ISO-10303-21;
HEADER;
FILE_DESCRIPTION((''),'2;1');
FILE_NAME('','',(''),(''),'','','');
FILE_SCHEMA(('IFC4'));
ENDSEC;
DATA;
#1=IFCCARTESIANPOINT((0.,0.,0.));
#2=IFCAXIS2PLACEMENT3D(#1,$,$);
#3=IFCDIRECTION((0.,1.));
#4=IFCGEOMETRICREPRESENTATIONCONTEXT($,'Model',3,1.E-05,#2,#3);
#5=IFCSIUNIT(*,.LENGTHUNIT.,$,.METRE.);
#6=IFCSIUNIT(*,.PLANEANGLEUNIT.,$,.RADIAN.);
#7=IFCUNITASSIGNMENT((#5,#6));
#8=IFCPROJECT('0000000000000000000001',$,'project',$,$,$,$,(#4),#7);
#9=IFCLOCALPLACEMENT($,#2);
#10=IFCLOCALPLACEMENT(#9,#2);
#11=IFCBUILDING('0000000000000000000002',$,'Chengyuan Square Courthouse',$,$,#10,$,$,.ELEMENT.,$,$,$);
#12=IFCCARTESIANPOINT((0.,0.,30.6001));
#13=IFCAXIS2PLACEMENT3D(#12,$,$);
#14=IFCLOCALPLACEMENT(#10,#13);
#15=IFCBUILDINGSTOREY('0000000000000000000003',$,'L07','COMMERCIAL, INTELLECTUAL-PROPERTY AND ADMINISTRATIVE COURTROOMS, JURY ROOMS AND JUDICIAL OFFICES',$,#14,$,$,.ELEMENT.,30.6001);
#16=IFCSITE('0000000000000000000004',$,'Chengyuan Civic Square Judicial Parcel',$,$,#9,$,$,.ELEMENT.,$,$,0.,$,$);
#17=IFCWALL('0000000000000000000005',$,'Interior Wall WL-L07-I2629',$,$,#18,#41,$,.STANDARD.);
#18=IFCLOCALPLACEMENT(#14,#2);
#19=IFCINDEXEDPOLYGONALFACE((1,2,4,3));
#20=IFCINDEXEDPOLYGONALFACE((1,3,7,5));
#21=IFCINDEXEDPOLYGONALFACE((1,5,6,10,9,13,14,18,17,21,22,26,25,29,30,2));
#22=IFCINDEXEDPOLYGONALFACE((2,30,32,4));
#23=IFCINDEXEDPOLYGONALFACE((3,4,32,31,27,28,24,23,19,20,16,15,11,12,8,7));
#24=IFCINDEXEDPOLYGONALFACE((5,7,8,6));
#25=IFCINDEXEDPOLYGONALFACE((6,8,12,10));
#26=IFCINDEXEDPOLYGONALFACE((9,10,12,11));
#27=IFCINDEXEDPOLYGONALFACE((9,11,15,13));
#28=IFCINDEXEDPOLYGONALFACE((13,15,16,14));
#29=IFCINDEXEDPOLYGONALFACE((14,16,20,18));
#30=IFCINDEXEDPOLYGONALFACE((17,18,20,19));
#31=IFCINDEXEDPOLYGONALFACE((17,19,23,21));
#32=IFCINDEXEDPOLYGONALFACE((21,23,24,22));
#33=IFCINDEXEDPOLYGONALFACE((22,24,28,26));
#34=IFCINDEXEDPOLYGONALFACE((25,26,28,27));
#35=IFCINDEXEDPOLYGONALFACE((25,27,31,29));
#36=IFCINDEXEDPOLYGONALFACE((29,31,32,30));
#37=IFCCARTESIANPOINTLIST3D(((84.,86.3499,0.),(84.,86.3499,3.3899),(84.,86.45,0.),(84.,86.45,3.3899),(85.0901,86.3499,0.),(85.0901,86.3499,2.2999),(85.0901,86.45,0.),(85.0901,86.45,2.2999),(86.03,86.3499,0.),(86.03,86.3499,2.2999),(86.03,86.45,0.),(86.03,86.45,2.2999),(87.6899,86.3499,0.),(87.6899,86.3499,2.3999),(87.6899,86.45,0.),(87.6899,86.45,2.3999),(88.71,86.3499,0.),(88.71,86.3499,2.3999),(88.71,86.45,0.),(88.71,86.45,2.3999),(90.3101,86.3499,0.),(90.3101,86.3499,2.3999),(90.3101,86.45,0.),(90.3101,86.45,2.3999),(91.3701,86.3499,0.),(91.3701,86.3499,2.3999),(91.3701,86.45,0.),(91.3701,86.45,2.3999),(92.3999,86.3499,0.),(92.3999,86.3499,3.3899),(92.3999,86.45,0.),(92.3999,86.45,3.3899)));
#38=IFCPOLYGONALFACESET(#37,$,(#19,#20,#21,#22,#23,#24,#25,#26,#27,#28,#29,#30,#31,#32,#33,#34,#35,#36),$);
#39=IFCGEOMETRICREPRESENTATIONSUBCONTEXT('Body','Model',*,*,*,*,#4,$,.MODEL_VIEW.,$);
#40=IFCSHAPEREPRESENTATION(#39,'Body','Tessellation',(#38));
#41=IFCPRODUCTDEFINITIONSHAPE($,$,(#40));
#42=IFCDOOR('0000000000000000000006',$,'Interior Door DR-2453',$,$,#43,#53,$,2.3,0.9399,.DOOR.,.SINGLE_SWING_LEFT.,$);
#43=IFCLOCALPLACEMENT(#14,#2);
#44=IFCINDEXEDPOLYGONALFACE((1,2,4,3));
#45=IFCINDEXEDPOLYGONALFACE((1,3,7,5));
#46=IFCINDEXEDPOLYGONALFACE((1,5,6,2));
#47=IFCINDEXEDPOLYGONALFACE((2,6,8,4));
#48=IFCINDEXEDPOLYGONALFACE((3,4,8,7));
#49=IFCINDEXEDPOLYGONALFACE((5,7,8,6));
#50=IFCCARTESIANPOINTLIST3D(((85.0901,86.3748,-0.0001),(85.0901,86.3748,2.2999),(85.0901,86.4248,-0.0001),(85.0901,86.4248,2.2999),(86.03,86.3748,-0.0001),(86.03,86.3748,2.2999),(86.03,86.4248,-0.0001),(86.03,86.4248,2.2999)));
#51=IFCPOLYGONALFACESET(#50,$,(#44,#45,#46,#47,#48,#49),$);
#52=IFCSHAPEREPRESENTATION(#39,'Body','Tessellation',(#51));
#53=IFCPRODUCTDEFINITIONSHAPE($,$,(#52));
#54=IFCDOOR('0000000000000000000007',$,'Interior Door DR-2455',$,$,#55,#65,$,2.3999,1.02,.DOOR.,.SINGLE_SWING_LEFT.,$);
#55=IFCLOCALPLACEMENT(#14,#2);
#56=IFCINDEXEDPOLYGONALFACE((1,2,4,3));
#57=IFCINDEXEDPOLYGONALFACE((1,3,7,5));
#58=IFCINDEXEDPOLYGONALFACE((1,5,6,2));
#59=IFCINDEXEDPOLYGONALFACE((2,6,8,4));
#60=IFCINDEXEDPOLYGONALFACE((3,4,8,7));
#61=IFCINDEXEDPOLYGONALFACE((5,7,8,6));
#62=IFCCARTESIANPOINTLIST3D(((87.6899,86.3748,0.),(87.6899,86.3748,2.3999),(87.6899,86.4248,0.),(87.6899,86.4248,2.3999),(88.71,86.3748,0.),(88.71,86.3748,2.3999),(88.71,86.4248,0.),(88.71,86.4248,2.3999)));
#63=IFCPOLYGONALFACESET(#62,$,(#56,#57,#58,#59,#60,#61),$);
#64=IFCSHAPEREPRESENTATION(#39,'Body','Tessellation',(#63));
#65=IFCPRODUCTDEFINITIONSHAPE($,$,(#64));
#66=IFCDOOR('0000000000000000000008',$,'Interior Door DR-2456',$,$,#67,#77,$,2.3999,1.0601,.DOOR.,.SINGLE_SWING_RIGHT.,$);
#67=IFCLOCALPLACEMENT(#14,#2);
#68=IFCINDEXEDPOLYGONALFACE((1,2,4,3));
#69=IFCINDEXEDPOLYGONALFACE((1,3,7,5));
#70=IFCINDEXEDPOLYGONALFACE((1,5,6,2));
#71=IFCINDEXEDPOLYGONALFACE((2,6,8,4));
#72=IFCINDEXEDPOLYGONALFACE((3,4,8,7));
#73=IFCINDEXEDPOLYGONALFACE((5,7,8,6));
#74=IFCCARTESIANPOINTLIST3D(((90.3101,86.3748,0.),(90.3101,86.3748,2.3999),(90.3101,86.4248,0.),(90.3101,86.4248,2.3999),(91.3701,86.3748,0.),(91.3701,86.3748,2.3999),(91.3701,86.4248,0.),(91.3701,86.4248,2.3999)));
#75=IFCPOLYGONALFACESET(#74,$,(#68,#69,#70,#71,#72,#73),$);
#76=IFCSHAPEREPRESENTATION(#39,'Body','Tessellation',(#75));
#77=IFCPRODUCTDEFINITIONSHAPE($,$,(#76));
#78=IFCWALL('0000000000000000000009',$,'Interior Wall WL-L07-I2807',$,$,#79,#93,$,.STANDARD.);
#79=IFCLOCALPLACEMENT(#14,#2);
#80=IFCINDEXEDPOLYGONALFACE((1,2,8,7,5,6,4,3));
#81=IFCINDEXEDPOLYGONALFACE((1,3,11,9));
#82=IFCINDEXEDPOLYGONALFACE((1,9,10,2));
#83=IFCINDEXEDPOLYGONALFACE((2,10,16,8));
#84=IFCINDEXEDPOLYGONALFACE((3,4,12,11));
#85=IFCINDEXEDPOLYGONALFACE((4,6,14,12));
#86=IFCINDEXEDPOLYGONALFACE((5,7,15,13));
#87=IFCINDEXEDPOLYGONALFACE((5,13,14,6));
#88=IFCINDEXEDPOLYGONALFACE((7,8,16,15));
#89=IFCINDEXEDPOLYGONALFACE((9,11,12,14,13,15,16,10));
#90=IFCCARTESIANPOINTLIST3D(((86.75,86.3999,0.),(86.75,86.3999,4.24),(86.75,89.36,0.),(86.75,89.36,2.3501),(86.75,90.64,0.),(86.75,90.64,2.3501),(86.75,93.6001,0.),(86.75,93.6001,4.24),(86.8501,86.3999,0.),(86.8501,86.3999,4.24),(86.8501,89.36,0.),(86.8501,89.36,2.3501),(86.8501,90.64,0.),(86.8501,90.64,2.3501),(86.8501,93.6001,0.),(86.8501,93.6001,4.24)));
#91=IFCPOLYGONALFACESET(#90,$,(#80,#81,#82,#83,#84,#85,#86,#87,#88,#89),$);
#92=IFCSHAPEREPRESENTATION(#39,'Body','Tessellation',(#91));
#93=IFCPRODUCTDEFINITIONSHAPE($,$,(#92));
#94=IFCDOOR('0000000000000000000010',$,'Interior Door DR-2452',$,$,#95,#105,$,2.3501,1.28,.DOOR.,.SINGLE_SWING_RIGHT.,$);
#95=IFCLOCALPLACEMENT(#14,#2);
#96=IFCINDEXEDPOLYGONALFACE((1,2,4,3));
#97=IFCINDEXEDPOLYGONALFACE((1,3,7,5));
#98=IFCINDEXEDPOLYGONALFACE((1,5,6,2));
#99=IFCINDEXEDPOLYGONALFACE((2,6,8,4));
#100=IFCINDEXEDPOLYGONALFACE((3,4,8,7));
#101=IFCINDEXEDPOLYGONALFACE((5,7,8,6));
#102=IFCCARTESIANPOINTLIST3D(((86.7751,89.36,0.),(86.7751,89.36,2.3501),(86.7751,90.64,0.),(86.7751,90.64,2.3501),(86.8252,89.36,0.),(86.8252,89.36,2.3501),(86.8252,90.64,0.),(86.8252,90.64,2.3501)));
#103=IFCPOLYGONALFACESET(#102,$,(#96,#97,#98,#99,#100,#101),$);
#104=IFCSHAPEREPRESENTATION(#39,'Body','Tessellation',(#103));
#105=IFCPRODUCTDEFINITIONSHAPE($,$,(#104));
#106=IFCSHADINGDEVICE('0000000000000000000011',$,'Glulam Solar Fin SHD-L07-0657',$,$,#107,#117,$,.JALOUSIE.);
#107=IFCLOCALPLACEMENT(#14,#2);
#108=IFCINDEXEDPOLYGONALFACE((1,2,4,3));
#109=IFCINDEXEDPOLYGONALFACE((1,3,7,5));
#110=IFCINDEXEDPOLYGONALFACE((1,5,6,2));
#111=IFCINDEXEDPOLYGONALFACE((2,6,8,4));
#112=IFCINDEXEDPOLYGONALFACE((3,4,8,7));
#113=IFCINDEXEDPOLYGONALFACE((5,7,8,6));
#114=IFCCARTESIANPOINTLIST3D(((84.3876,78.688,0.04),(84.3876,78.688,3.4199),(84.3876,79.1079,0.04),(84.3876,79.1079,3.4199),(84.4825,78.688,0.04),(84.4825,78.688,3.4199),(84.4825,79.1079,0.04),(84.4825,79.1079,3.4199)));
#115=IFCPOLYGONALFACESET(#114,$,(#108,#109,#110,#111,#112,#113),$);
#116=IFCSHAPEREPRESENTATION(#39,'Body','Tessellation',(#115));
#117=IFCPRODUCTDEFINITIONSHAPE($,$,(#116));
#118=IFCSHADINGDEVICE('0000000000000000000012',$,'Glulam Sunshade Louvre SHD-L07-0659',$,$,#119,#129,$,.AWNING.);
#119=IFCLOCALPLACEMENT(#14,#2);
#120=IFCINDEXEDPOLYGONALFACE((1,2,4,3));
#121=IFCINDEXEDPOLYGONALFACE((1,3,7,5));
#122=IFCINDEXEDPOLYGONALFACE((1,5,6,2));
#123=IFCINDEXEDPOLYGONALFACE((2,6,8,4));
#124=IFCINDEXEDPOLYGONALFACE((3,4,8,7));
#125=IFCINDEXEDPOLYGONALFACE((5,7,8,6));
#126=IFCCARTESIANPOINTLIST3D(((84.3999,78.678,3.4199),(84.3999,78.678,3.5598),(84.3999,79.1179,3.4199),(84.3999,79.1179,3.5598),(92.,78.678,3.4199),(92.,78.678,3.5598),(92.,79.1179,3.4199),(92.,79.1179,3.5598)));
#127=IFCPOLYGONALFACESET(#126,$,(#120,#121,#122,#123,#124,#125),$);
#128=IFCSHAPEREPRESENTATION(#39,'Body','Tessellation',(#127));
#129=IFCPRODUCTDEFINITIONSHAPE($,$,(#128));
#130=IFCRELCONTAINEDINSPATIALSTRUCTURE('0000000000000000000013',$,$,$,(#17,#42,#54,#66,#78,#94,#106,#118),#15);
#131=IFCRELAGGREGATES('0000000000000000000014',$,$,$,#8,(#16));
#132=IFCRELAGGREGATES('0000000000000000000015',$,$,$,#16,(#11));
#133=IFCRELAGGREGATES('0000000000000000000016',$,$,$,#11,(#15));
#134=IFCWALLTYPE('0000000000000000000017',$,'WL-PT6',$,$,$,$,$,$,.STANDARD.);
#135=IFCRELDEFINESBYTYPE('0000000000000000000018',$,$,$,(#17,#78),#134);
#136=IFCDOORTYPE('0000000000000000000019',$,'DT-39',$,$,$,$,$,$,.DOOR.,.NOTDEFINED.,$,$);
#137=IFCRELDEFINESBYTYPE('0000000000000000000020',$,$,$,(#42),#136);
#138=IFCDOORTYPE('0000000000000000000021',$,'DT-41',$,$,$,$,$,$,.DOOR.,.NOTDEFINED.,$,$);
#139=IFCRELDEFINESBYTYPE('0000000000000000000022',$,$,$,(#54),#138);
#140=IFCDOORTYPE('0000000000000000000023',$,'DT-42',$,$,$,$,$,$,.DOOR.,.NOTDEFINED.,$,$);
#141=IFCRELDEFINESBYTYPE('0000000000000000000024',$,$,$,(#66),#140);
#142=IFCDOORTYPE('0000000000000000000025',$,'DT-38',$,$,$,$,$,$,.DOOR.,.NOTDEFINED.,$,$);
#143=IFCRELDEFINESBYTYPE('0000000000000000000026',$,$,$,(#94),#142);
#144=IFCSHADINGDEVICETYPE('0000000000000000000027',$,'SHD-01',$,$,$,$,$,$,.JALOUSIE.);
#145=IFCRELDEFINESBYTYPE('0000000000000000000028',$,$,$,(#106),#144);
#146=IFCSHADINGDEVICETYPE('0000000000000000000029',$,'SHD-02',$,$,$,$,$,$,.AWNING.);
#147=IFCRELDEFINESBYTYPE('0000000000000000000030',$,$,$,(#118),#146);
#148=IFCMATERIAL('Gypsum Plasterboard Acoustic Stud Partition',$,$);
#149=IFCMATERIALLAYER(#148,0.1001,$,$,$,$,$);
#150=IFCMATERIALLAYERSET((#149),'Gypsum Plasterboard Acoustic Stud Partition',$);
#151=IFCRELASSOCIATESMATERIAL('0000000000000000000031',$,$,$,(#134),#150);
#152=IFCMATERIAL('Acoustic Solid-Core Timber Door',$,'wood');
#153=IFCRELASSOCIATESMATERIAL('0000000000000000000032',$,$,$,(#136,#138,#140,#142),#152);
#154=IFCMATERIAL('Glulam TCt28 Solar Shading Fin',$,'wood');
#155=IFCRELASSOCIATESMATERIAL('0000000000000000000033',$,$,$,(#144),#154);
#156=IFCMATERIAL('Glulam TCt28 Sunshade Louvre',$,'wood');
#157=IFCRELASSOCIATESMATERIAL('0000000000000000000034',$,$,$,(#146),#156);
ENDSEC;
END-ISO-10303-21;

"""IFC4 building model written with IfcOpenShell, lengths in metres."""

from ifc_helpers import new_model, si_unit, direction, frame, frame_2d, origin, origin_2d, place, context, subcontext, project, spatial, rectangle, extrude, material, layer, layer_set, type_object, element, fill, save


model = new_model("IFC4")

# Units and contexts
model_context = context("Model", 3, precision=1e-05, world=origin(), true_north=direction((0.0, 1.0)))
body_context = subcontext(model_context, "Body", "Model", "MODEL_VIEW")
ifc_project = project(units=[si_unit("LENGTHUNIT", "METRE"), si_unit("PLANEANGLEUNIT", "RADIAN")], contexts=[model_context])

# Site, building, storey
site_placement = place(None, origin())
site = spatial("IfcSite", under=ifc_project, at=site_placement, Name="Chengyuan Civic Square Judicial Parcel", CompositionType="ELEMENT", RefElevation=0.0)
building_placement = place(site_placement, origin())
building = spatial("IfcBuilding", under=site, at=building_placement, Name="Chengyuan Square Courthouse", CompositionType="ELEMENT")
storey_placement = place(building_placement, frame((0.0, 0.0, 30.6001)))
storey = spatial("IfcBuildingStorey", under=building, at=storey_placement, Name="L07", Description="COMMERCIAL, INTELLECTUAL-PROPERTY AND ADMINISTRATIVE COURTROOMS, JURY ROOMS AND JUDICIAL OFFICES", CompositionType="ELEMENT", Elevation=30.6001)

# Wall, openings, doors
ifc_material_1 = material(Name="Gypsum Plasterboard Acoustic Stud Partition")
ifc_layer_1 = layer(ifc_material_1, 0.1001)
ifc_layer_set_1 = layer_set([ifc_layer_1], Name="Gypsum Plasterboard Acoustic Stud Partition")
wall_type = type_object("IfcWallType", Name="WL-PT6", PredefinedType="STANDARD", material=ifc_layer_set_1)
wall_1_placement = place(storey_placement, frame((84.0, 86.3999, 0.0), z_axis=(0.0, 0.0, 1.0), x_axis=(1.0, 0.0, 0.0)))
wall_1 = element("IfcWall", 1, at=wall_1_placement, inside=storey, type_object=wall_type, Name="Interior Wall WL-L07-I2629", PredefinedType="STANDARD", context=body_context, shape_type="SweptSolid", body=[
    extrude(rectangle(XDim=8.3999, YDim=0.1001, at=frame_2d((4.2, 0.0))), origin(), (0.0, 0.0, 1.0), 3.3899),
])
opening_1_placement = place(wall_1_placement, frame((1.0901, 0.0, 0.0)))
opening_1 = element("IfcOpeningElement", 2, at=opening_1_placement, cuts=wall_1, PredefinedType="OPENING", context=body_context, shape_type="SweptSolid", body=[
    extrude(rectangle(XDim=0.9399, YDim=2.3, at=frame_2d((0.47, 1.1499))), frame((0.0, 0.062, 0.0), z_axis=(0.0, -1.0, 0.0), x_axis=(1.0, 0.0, 0.0)), (0.0, 0.0, 1.0), 0.124),
])
opening_2_placement = place(wall_1_placement, frame((3.6899, 0.0, 0.0)))
opening_2 = element("IfcOpeningElement", 3, at=opening_2_placement, cuts=wall_1, PredefinedType="OPENING", context=body_context, shape_type="SweptSolid", body=[
    extrude(rectangle(XDim=1.02, YDim=2.3999, at=frame_2d((0.51, 1.2))), frame((0.0, 0.062, 0.0), z_axis=(0.0, -1.0, 0.0), x_axis=(1.0, 0.0, 0.0)), (0.0, 0.0, 1.0), 0.124),
])
opening_3_placement = place(wall_1_placement, frame((6.3101, 0.0, 0.0)))
opening_3 = element("IfcOpeningElement", 4, at=opening_3_placement, cuts=wall_1, PredefinedType="OPENING", context=body_context, shape_type="SweptSolid", body=[
    extrude(rectangle(XDim=1.0601, YDim=2.3999, at=frame_2d((0.53, 1.2))), frame((0.0, 0.062, 0.0), z_axis=(0.0, -1.0, 0.0), x_axis=(1.0, 0.0, 0.0)), (0.0, 0.0, 1.0), 0.124),
])
ifc_material_2 = material(Name="Acoustic Solid-Core Timber Door", Category="wood")
door_type_1 = type_object("IfcDoorType", Name="DT-39", OperationType="NOTDEFINED", PredefinedType="DOOR", material=ifc_material_2)
door_1_placement = place(opening_1_placement, origin())
door_1 = element("IfcDoor", 5, at=door_1_placement, inside=storey, type_object=door_type_1, Name="Interior Door DR-2453", OperationType="SINGLE_SWING_LEFT", OverallHeight=2.3, OverallWidth=0.9399, PredefinedType="DOOR", context=body_context, shape_type="SweptSolid", body=[
    extrude(rectangle(XDim=0.9399, YDim=2.3, at=frame_2d((0.47, 1.1499))), frame((0.0, 0.0249, 0.0), z_axis=(0.0, -1.0, 0.0), x_axis=(1.0, 0.0, 0.0)), (0.0, 0.0, 1.0), 0.05),
])
fill(opening_1, door_1)
door_type_2 = type_object("IfcDoorType", Name="DT-41", OperationType="NOTDEFINED", PredefinedType="DOOR", material=ifc_material_2)
door_2_placement = place(opening_2_placement, origin())
door_2 = element("IfcDoor", 6, at=door_2_placement, inside=storey, type_object=door_type_2, Name="Interior Door DR-2455", OperationType="SINGLE_SWING_LEFT", OverallHeight=2.3999, OverallWidth=1.02, PredefinedType="DOOR", context=body_context, shape_type="SweptSolid", body=[
    extrude(rectangle(XDim=1.02, YDim=2.3999, at=frame_2d((0.51, 1.2))), frame((0.0, 0.0249, 0.0), z_axis=(0.0, -1.0, 0.0), x_axis=(1.0, 0.0, 0.0)), (0.0, 0.0, 1.0), 0.05),
])
fill(opening_2, door_2)
door_type_3 = type_object("IfcDoorType", Name="DT-42", OperationType="NOTDEFINED", PredefinedType="DOOR", material=ifc_material_2)
door_3_placement = place(opening_3_placement, origin())
door_3 = element("IfcDoor", 7, at=door_3_placement, inside=storey, type_object=door_type_3, Name="Interior Door DR-2456", OperationType="SINGLE_SWING_RIGHT", OverallHeight=2.3999, OverallWidth=1.0601, PredefinedType="DOOR", context=body_context, shape_type="SweptSolid", body=[
    extrude(rectangle(XDim=1.0601, YDim=2.3999, at=frame_2d((0.53, 1.2))), frame((0.0, 0.0249, 0.0), z_axis=(0.0, -1.0, 0.0), x_axis=(1.0, 0.0, 0.0)), (0.0, 0.0, 1.0), 0.05),
])
fill(opening_3, door_3)

# Wall, opening, door
wall_2_placement = place(storey_placement, frame((86.8, 86.3999, 0.0), z_axis=(0.0, 0.0, 1.0), x_axis=(0.0, 1.0, 0.0)))
wall_2 = element("IfcWall", 8, at=wall_2_placement, inside=storey, type_object=wall_type, Name="Interior Wall WL-L07-I2807", PredefinedType="STANDARD", context=body_context, shape_type="SweptSolid", body=[
    extrude(rectangle(XDim=7.2002, YDim=0.1001, at=frame_2d((3.6001, 0.0))), origin(), (0.0, 0.0, 1.0), 4.24),
])
opening_4_placement = place(wall_2_placement, frame((2.96, 0.0, 0.0)))
opening_4 = element("IfcOpeningElement", 9, at=opening_4_placement, cuts=wall_2, PredefinedType="OPENING", context=body_context, shape_type="SweptSolid", body=[
    extrude(rectangle(XDim=1.28, YDim=2.3501, at=frame_2d((0.6401, 1.175))), frame((0.0, 0.062, 0.0), z_axis=(0.0, -1.0, 0.0), x_axis=(1.0, 0.0, 0.0)), (0.0, 0.0, 1.0), 0.124),
])
door_type_4 = type_object("IfcDoorType", Name="DT-38", OperationType="NOTDEFINED", PredefinedType="DOOR", material=ifc_material_2)
door_4_placement = place(opening_4_placement, origin())
door_4 = element("IfcDoor", 10, at=door_4_placement, inside=storey, type_object=door_type_4, Name="Interior Door DR-2452", OperationType="SINGLE_SWING_RIGHT", OverallHeight=2.3501, OverallWidth=1.28, PredefinedType="DOOR", context=body_context, shape_type="SweptSolid", body=[
    extrude(rectangle(XDim=1.28, YDim=2.3501, at=frame_2d((0.6401, 1.175))), frame((0.0, 0.0249, 0.0), z_axis=(0.0, -1.0, 0.0), x_axis=(1.0, 0.0, 0.0)), (0.0, 0.0, 1.0), 0.05),
])
fill(opening_4, door_4)

# Shading devices
ifc_material_3 = material(Name="Glulam TCt28 Solar Shading Fin", Category="wood")
shading_device_type_1 = type_object("IfcShadingDeviceType", Name="SHD-01", PredefinedType="JALOUSIE", material=ifc_material_3)
shading_device_1_placement = place(storey_placement, frame((84.4351, 78.8979, 0.04), z_axis=(0.0, 0.0, 1.0), x_axis=(0.0, 1.0, 0.0)))
element("IfcShadingDevice", 11, at=shading_device_1_placement, inside=storey, type_object=shading_device_type_1, Name="Glulam Solar Fin SHD-L07-0657", PredefinedType="JALOUSIE", context=body_context, shape_type="SweptSolid", body=[
    extrude(rectangle(XDim=0.4199, YDim=0.095, at=origin_2d()), origin(), (0.0, 0.0, 1.0), 3.3799),
])
ifc_material_4 = material(Name="Glulam TCt28 Sunshade Louvre", Category="wood")
shading_device_type_2 = type_object("IfcShadingDeviceType", Name="SHD-02", PredefinedType="AWNING", material=ifc_material_4)
shading_device_2_placement = place(storey_placement, frame((88.2, 78.8979, 3.4199), z_axis=(0.0, 0.0, 1.0), x_axis=(1.0, 0.0, 0.0)))
element("IfcShadingDevice", 12, at=shading_device_2_placement, inside=storey, type_object=shading_device_type_2, Name="Glulam Sunshade Louvre SHD-L07-0659", PredefinedType="AWNING", context=body_context, shape_type="SweptSolid", body=[
    extrude(rectangle(XDim=7.6001, YDim=0.4399, at=origin_2d()), origin(), (0.0, 0.0, 1.0), 0.1399),
])

save(model, "model.ifc")
